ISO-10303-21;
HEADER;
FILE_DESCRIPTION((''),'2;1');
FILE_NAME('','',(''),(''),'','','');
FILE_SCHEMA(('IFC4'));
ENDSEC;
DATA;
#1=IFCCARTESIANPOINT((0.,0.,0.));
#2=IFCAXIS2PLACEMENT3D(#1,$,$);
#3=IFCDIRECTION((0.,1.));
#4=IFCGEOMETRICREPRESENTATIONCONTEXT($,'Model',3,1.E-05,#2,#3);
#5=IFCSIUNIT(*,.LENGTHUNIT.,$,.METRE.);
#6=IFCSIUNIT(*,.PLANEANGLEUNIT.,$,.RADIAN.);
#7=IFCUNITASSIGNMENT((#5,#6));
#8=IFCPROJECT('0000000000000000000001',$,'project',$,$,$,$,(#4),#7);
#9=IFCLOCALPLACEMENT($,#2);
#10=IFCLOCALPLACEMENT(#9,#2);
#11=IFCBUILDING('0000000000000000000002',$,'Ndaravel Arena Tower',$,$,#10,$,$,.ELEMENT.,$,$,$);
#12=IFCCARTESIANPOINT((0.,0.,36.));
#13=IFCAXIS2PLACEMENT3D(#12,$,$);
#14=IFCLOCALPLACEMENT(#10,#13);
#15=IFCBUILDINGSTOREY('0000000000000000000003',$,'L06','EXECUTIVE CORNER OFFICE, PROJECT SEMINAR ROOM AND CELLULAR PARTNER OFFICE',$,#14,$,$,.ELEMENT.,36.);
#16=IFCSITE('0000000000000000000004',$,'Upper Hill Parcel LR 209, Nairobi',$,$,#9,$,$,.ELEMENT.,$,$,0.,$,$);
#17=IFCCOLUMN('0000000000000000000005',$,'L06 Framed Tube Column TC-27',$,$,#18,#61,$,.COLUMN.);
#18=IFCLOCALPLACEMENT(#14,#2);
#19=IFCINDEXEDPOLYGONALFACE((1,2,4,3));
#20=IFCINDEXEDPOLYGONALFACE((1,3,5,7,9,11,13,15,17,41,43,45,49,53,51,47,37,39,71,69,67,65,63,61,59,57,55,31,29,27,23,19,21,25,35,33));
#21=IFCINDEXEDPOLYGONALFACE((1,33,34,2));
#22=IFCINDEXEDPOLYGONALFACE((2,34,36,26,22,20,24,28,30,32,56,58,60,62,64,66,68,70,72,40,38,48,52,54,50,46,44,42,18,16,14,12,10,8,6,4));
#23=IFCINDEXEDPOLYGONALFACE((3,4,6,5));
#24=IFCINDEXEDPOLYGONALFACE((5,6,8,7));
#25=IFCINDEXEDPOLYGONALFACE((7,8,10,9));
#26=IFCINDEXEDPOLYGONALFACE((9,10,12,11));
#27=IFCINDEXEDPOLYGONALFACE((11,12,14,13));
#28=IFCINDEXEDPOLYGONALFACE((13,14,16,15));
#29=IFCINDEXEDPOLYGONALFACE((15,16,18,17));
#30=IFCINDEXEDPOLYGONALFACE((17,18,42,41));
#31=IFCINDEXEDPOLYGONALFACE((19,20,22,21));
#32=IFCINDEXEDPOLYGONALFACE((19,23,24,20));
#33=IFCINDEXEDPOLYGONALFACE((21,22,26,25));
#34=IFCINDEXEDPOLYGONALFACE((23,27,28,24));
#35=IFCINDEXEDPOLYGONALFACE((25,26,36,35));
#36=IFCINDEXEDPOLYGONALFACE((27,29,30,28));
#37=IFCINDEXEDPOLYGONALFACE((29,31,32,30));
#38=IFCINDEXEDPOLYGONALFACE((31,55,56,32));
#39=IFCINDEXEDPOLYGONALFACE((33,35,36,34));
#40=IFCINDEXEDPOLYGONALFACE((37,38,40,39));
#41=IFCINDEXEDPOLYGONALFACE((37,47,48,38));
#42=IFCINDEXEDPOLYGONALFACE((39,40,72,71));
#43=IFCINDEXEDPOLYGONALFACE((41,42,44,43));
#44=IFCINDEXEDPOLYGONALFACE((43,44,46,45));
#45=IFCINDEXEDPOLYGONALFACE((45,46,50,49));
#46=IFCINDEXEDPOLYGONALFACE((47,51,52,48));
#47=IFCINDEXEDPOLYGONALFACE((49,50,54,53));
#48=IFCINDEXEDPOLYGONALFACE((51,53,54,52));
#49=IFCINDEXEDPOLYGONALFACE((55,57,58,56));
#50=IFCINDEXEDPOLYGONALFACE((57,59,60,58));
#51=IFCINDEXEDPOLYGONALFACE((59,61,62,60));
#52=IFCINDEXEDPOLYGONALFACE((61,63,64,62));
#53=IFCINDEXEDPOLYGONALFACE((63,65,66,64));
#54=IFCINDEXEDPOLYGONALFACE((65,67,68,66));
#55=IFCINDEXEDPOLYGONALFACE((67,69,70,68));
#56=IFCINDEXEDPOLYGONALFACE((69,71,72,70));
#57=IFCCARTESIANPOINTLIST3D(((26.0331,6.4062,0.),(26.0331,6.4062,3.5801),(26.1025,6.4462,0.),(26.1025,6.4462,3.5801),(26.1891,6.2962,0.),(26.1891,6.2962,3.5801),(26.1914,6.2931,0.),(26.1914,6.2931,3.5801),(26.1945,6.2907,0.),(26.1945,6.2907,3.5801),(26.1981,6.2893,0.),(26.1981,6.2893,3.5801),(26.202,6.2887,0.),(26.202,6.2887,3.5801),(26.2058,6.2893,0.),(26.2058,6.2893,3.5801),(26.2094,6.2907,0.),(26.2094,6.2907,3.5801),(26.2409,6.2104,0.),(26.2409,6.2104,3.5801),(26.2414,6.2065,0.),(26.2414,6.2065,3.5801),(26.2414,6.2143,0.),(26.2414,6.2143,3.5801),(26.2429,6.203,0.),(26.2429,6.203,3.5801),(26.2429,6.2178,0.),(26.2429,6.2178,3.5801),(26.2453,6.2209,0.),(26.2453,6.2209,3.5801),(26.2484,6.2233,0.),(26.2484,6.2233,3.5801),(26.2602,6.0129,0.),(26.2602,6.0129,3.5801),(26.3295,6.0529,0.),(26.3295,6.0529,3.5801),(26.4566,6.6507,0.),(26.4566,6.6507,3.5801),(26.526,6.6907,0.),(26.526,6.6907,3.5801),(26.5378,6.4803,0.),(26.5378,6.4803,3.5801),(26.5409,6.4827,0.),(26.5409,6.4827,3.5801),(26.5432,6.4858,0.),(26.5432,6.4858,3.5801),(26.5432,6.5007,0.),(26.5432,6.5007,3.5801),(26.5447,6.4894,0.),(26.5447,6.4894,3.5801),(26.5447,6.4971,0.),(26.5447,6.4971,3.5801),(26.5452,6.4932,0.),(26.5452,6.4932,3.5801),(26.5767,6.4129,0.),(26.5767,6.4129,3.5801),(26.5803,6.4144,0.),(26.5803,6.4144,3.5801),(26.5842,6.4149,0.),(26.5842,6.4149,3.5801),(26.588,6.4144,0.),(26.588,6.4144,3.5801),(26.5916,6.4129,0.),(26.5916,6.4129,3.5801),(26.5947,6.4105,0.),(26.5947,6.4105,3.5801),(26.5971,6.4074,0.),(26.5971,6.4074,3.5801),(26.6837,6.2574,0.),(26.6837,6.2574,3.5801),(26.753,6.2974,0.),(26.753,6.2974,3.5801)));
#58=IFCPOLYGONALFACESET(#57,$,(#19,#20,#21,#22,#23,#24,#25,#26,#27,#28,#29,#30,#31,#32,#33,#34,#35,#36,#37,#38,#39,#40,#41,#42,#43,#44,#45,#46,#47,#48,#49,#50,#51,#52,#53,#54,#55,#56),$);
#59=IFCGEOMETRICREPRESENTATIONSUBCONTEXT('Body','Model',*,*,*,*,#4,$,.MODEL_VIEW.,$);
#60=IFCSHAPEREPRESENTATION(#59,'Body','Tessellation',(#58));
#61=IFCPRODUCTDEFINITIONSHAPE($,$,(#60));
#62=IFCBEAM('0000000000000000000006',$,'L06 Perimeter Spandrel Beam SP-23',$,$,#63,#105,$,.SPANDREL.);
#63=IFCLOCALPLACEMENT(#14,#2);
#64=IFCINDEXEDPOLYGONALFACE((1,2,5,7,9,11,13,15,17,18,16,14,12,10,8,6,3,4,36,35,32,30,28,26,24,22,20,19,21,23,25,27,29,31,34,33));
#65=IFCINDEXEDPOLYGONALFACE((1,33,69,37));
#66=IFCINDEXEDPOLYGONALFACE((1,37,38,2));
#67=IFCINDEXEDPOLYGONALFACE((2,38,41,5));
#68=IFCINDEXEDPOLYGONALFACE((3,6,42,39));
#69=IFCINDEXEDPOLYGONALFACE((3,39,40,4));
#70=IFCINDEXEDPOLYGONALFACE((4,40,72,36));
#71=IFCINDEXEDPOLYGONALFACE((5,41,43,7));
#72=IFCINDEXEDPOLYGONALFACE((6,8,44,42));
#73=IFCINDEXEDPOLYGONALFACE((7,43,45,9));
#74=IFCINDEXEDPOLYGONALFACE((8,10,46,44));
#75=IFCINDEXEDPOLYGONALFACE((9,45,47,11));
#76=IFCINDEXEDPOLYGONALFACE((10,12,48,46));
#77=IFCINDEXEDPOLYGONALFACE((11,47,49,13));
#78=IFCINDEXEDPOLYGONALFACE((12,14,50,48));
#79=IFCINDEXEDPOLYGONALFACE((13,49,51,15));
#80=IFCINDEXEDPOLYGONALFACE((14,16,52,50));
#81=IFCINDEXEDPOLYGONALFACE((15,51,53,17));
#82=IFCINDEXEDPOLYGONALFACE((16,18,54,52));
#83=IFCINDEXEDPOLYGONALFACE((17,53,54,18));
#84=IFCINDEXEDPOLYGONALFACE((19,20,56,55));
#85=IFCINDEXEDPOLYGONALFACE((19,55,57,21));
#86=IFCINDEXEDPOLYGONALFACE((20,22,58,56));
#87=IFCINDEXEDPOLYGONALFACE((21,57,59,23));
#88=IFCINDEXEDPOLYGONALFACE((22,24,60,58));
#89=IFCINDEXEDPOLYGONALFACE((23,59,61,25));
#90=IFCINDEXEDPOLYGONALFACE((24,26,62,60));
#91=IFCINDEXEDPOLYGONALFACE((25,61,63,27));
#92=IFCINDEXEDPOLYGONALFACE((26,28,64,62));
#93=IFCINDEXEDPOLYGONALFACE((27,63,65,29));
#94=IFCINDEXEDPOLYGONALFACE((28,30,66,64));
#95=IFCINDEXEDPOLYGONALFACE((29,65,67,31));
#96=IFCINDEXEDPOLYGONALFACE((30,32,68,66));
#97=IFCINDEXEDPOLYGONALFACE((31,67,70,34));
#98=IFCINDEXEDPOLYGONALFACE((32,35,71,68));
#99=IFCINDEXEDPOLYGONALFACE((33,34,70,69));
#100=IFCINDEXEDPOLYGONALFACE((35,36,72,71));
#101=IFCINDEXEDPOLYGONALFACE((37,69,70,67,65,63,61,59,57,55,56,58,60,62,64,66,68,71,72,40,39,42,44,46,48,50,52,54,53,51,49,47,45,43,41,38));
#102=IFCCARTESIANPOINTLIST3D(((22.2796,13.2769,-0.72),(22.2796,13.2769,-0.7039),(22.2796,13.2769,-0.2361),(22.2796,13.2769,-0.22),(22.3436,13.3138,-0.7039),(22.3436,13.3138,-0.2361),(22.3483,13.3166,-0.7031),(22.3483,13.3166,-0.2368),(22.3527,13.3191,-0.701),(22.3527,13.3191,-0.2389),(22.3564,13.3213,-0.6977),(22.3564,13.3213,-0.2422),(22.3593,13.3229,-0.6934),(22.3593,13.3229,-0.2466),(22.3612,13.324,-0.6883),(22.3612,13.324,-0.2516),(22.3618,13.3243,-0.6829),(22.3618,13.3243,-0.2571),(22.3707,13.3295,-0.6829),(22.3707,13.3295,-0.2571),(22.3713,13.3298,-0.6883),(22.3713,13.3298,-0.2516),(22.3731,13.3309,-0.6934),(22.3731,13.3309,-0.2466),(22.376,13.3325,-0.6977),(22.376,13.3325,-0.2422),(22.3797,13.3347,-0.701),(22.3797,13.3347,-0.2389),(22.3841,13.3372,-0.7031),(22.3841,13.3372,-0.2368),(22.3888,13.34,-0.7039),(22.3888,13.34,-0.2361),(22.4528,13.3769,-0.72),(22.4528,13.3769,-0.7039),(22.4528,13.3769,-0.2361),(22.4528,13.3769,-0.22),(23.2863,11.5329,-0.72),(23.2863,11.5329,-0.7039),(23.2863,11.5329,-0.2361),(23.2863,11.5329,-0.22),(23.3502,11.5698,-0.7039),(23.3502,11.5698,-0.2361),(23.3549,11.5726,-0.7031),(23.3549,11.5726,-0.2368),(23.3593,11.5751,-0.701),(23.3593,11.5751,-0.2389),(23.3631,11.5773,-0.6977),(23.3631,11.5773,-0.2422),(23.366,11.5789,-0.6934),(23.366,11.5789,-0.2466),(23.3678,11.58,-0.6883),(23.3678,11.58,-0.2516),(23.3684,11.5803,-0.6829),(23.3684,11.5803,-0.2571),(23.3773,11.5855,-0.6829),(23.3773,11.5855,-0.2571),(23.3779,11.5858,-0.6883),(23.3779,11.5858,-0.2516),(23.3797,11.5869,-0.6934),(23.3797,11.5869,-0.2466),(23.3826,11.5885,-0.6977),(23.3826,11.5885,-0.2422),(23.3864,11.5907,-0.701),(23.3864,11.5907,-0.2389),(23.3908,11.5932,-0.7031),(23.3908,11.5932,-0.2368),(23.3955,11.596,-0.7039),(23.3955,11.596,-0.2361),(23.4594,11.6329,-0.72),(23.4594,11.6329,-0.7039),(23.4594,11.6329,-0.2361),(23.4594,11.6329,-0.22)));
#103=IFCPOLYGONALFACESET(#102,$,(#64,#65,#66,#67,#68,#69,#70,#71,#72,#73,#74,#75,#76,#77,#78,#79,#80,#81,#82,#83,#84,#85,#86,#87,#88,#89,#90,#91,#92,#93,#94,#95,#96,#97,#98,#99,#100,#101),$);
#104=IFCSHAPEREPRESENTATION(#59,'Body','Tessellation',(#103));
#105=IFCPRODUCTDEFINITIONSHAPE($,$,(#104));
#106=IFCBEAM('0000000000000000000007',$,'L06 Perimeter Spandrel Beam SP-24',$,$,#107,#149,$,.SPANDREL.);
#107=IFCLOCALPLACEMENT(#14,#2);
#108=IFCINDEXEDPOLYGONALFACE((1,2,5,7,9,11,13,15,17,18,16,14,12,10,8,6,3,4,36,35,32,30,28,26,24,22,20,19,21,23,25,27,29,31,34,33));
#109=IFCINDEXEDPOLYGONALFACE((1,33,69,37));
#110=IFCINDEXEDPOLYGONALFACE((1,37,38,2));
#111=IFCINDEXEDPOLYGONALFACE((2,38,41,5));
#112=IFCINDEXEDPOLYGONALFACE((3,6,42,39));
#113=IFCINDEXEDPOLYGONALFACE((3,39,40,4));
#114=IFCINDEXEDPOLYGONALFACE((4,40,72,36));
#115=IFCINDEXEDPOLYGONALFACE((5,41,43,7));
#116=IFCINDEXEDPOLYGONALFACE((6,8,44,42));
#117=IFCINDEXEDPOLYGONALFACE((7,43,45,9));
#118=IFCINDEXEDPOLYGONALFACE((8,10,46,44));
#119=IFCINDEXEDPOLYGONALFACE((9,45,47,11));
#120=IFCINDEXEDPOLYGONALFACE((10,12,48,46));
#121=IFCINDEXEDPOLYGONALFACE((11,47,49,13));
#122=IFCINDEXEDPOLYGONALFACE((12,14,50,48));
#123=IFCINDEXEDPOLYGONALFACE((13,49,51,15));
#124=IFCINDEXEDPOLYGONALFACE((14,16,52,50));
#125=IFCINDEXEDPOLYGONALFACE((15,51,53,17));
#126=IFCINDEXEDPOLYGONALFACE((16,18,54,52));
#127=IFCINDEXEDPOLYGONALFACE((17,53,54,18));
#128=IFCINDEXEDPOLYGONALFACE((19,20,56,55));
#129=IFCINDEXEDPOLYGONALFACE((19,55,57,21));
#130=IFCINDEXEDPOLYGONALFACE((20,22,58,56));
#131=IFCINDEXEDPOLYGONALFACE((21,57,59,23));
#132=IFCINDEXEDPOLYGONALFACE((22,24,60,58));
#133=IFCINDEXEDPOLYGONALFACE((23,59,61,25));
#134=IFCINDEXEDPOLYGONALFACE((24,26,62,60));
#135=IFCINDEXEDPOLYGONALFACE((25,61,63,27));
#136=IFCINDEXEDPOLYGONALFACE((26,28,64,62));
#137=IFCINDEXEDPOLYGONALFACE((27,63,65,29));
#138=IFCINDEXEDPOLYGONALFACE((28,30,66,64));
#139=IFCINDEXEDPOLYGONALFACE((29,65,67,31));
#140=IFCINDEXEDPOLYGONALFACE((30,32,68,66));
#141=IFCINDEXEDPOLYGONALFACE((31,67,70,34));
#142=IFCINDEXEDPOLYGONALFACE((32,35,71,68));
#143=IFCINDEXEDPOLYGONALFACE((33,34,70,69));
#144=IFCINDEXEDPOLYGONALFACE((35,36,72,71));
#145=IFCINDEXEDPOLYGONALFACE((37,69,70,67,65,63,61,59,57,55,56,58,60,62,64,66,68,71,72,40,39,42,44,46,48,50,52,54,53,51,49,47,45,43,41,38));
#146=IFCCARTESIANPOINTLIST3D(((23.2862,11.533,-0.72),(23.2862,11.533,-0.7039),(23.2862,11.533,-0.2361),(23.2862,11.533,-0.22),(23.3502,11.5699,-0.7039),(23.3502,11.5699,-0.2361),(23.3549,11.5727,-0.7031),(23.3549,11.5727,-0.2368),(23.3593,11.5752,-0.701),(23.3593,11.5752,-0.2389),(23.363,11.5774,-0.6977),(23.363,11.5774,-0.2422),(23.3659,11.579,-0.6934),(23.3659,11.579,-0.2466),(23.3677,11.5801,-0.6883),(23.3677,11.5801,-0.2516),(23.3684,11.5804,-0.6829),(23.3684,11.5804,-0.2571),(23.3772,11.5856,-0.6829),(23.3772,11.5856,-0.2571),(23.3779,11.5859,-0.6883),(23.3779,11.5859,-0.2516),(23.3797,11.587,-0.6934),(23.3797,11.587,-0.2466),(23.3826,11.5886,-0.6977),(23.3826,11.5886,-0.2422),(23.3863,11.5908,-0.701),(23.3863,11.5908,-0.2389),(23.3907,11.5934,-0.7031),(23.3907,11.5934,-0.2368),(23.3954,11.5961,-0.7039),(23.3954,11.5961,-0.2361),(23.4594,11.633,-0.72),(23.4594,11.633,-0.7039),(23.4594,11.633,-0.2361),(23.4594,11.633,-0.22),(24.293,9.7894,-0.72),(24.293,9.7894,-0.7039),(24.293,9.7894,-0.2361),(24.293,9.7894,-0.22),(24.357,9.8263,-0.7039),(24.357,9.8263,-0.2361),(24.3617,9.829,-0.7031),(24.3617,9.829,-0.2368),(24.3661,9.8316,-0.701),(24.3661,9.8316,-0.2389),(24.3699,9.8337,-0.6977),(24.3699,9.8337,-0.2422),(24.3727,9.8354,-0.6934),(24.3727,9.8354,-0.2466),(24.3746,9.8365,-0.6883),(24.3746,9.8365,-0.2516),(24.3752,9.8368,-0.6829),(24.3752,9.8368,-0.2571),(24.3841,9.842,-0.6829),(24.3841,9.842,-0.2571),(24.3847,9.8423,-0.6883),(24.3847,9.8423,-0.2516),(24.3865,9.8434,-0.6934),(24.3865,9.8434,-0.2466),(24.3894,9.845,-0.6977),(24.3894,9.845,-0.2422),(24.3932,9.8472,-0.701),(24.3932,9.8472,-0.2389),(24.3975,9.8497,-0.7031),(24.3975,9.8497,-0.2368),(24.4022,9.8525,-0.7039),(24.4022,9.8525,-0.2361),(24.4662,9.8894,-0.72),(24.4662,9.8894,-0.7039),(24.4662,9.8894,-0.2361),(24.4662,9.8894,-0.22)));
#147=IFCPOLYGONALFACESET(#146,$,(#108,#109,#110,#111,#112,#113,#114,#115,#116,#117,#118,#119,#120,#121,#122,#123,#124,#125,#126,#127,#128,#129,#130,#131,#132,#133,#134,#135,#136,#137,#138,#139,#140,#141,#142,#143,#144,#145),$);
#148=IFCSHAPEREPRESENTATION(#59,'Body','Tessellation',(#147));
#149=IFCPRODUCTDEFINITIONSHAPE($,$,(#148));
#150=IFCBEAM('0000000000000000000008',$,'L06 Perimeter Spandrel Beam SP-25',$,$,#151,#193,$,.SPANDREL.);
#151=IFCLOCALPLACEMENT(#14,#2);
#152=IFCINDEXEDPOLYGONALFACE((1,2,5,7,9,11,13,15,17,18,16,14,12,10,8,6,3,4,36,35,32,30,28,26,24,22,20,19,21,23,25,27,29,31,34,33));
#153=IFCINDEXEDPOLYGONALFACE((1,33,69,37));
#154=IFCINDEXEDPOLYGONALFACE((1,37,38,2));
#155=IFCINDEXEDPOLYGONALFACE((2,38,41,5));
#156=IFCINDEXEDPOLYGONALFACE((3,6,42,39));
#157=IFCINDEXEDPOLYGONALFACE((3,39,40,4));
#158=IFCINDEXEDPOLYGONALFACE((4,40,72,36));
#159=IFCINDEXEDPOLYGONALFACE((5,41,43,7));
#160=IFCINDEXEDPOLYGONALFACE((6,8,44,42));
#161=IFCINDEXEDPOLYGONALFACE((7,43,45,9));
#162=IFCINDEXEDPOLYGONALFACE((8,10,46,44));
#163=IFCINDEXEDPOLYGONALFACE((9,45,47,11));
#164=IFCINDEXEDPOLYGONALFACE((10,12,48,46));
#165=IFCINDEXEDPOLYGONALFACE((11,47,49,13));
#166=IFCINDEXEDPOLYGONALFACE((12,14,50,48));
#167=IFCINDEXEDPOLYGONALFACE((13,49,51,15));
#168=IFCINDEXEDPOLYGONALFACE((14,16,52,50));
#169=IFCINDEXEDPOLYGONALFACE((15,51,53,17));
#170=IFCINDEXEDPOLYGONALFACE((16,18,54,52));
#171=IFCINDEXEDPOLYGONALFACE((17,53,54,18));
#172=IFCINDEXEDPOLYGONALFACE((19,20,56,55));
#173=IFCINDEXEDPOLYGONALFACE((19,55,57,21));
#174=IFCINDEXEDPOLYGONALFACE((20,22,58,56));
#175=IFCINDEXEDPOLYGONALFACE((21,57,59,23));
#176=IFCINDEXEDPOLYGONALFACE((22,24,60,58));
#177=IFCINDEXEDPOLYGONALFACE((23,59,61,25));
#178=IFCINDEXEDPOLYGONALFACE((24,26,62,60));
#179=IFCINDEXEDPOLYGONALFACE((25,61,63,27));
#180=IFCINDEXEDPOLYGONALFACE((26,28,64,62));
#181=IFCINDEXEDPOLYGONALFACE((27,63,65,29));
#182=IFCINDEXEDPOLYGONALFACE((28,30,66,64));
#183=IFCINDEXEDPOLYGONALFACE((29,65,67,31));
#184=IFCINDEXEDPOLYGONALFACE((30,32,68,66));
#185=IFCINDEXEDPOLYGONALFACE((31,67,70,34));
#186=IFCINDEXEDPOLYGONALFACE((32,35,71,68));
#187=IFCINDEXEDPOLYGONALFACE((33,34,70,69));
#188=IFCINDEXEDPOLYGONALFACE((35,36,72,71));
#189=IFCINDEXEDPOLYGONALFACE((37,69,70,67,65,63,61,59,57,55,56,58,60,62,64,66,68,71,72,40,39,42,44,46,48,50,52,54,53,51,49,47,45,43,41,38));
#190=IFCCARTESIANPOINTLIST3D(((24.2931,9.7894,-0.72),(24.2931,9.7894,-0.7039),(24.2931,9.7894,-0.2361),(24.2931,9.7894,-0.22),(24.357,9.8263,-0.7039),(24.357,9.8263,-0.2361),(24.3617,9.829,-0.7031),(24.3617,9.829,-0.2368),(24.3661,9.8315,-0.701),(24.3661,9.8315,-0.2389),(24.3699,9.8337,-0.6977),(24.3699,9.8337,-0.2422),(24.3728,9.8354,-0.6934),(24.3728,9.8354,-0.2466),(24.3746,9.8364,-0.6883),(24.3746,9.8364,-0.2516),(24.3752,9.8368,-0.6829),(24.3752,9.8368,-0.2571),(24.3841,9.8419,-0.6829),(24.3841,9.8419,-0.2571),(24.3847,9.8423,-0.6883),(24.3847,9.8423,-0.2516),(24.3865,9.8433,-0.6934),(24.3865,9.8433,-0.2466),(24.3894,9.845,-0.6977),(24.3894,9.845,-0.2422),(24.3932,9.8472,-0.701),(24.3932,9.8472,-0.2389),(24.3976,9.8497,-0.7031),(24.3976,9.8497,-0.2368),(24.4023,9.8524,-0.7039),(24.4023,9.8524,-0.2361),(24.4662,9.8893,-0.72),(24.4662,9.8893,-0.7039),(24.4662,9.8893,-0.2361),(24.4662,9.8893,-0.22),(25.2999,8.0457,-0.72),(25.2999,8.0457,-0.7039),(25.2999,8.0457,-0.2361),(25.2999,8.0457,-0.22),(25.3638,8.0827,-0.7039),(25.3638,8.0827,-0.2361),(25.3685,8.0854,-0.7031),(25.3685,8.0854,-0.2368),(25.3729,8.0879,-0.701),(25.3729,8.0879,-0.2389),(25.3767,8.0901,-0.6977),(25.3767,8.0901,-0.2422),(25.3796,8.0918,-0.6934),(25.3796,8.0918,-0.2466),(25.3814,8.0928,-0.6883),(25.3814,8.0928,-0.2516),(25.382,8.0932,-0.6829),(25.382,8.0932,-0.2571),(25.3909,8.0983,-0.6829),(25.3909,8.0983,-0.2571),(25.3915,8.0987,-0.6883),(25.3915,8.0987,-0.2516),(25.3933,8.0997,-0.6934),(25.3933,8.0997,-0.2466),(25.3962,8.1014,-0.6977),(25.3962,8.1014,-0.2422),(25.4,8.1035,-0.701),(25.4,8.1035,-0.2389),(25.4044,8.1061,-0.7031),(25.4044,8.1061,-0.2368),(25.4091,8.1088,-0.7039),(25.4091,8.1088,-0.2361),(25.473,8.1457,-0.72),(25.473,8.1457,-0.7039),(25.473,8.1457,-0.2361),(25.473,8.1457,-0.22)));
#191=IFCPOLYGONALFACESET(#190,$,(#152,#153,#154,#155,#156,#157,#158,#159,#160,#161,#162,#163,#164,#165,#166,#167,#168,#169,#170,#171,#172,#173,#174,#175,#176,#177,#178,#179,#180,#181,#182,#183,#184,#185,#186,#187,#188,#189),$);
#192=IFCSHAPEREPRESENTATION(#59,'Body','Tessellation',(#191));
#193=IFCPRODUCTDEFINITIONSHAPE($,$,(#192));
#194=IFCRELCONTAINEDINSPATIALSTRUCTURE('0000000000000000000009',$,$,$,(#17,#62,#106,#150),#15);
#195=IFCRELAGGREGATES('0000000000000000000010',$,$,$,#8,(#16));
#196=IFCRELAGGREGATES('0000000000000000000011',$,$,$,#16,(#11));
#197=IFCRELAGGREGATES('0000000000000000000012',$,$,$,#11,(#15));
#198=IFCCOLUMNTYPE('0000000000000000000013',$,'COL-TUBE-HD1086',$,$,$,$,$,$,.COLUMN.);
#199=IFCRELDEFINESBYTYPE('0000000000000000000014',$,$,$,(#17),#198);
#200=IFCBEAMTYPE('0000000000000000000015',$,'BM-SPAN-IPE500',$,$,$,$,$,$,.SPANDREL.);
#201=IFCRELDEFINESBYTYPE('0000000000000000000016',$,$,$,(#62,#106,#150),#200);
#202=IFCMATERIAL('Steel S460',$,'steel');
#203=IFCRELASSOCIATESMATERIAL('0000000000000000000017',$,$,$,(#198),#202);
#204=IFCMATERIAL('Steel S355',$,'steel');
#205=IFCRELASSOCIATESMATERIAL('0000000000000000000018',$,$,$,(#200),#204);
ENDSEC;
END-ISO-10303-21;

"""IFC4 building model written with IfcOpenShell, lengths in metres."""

from ifc_helpers import new_model, si_unit, direction, frame, origin, origin_2d, place, context, subcontext, project, spatial, i_section, extrude, material, material_profile, profile_set, type_object, element, save


model = new_model("IFC4")

# Units and contexts
model_context = context("Model", 3, precision=1e-05, world=origin(), true_north=direction((0.0, 1.0)))
body_context = subcontext(model_context, "Body", "Model", "MODEL_VIEW")
ifc_project = project(units=[si_unit("LENGTHUNIT", "METRE"), si_unit("PLANEANGLEUNIT", "RADIAN")], contexts=[model_context])

# Site, building, storey
site_placement = place(None, origin())
site = spatial("IfcSite", under=ifc_project, at=site_placement, Name="Upper Hill Parcel LR 209, Nairobi", CompositionType="ELEMENT", RefElevation=0.0)
building_placement = place(site_placement, origin())
building = spatial("IfcBuilding", under=site, at=building_placement, Name="Ndaravel Arena Tower", CompositionType="ELEMENT")
storey_placement = place(building_placement, frame((0.0, 0.0, 36.0)))
storey = spatial("IfcBuildingStorey", under=building, at=storey_placement, Name="L06", Description="EXECUTIVE CORNER OFFICE, PROJECT SEMINAR ROOM AND CELLULAR PARTNER OFFICE", CompositionType="ELEMENT", Elevation=36.0)

# Column
ifc_material_1 = material(Name="Steel S460", Category="steel")
ifc_material_profile_1 = material_profile(ifc_material_1, i_section(OverallWidth=0.4541, OverallDepth=0.5691, WebThickness=0.0779, FlangeThickness=0.0801, FilletRadius=0.0149, at=origin_2d()), Name="HD 400x1086")
ifc_profile_set_1 = profile_set([ifc_material_profile_1], Name="Steel S460")
column_type = type_object("IfcColumnType", Name="COL-TUBE-HD1086", PredefinedType="COLUMN", material=ifc_profile_set_1)
for number, where, z_axis, x_axis, name in (
    (1, (26.3931, 6.3518, 0.0), (0.0, 0.0, 1.0), (-0.5, 0.866025, 0.0), "L06 Framed Tube Column TC-27"),
):
    element("IfcColumn", number, at=place(storey_placement, frame(where, z_axis=z_axis, x_axis=x_axis)), inside=storey, type_object=column_type, Name=name, PredefinedType="COLUMN", context=body_context, shape_type="SweptSolid", body=[
        extrude(i_section(OverallWidth=0.4541, OverallDepth=0.5691, WebThickness=0.0779, FlangeThickness=0.0801, FilletRadius=0.0149, at=origin_2d()), origin(), (0.0, 0.0, 1.0), 3.5801),
    ])

# Beams
ifc_material_2 = material(Name="Steel S355", Category="steel")
ifc_material_profile_2 = material_profile(ifc_material_2, i_section(OverallWidth=0.2, OverallDepth=0.5, WebThickness=0.0103, FlangeThickness=0.0161, FilletRadius=0.021, at=origin_2d()), Name="IPE 500")
ifc_profile_set_2 = profile_set([ifc_material_profile_2], Name="Steel S355")
beam_type = type_object("IfcBeamType", Name="BM-SPAN-IPE500", PredefinedType="SPANDREL", material=ifc_profile_set_2)
beam_1_placement = place(storey_placement, frame((22.3662, 13.3269, -0.47), z_axis=(0.499908, -0.866079, 0.0), x_axis=(0.866079, 0.499908, 0.0)))
element("IfcBeam", 2, at=beam_1_placement, inside=storey, type_object=beam_type, Name="L06 Perimeter Spandrel Beam SP-23", PredefinedType="SPANDREL", context=body_context, shape_type="SweptSolid", body=[
    extrude(i_section(OverallWidth=0.2, OverallDepth=0.5, WebThickness=0.0103, FlangeThickness=0.0161, FilletRadius=0.021, at=origin_2d()), origin(), (0.0, 0.0, 1.0), 2.0137),
])
for number, where, z_axis, x_axis, name in (
    (3, (23.3728, 11.583, -0.47), (0.500051, -0.865996, 0.0), (0.865996, 0.500051, 0.0), "L06 Perimeter Spandrel Beam SP-24"),
    (4, (24.3796, 9.8394, -0.47), (0.500051, -0.865996, 0.0), (0.865996, 0.500051, 0.0), "L06 Perimeter Spandrel Beam SP-25"),
):
    element("IfcBeam", number, at=place(storey_placement, frame(where, z_axis=z_axis, x_axis=x_axis)), inside=storey, type_object=beam_type, Name=name, PredefinedType="SPANDREL", context=body_context, shape_type="SweptSolid", body=[
        extrude(i_section(OverallWidth=0.2, OverallDepth=0.5, WebThickness=0.0103, FlangeThickness=0.0161, FilletRadius=0.021, at=origin_2d()), origin(), (0.0, 0.0, 1.0), 2.0134),
    ])

save(model, "model.ifc")
